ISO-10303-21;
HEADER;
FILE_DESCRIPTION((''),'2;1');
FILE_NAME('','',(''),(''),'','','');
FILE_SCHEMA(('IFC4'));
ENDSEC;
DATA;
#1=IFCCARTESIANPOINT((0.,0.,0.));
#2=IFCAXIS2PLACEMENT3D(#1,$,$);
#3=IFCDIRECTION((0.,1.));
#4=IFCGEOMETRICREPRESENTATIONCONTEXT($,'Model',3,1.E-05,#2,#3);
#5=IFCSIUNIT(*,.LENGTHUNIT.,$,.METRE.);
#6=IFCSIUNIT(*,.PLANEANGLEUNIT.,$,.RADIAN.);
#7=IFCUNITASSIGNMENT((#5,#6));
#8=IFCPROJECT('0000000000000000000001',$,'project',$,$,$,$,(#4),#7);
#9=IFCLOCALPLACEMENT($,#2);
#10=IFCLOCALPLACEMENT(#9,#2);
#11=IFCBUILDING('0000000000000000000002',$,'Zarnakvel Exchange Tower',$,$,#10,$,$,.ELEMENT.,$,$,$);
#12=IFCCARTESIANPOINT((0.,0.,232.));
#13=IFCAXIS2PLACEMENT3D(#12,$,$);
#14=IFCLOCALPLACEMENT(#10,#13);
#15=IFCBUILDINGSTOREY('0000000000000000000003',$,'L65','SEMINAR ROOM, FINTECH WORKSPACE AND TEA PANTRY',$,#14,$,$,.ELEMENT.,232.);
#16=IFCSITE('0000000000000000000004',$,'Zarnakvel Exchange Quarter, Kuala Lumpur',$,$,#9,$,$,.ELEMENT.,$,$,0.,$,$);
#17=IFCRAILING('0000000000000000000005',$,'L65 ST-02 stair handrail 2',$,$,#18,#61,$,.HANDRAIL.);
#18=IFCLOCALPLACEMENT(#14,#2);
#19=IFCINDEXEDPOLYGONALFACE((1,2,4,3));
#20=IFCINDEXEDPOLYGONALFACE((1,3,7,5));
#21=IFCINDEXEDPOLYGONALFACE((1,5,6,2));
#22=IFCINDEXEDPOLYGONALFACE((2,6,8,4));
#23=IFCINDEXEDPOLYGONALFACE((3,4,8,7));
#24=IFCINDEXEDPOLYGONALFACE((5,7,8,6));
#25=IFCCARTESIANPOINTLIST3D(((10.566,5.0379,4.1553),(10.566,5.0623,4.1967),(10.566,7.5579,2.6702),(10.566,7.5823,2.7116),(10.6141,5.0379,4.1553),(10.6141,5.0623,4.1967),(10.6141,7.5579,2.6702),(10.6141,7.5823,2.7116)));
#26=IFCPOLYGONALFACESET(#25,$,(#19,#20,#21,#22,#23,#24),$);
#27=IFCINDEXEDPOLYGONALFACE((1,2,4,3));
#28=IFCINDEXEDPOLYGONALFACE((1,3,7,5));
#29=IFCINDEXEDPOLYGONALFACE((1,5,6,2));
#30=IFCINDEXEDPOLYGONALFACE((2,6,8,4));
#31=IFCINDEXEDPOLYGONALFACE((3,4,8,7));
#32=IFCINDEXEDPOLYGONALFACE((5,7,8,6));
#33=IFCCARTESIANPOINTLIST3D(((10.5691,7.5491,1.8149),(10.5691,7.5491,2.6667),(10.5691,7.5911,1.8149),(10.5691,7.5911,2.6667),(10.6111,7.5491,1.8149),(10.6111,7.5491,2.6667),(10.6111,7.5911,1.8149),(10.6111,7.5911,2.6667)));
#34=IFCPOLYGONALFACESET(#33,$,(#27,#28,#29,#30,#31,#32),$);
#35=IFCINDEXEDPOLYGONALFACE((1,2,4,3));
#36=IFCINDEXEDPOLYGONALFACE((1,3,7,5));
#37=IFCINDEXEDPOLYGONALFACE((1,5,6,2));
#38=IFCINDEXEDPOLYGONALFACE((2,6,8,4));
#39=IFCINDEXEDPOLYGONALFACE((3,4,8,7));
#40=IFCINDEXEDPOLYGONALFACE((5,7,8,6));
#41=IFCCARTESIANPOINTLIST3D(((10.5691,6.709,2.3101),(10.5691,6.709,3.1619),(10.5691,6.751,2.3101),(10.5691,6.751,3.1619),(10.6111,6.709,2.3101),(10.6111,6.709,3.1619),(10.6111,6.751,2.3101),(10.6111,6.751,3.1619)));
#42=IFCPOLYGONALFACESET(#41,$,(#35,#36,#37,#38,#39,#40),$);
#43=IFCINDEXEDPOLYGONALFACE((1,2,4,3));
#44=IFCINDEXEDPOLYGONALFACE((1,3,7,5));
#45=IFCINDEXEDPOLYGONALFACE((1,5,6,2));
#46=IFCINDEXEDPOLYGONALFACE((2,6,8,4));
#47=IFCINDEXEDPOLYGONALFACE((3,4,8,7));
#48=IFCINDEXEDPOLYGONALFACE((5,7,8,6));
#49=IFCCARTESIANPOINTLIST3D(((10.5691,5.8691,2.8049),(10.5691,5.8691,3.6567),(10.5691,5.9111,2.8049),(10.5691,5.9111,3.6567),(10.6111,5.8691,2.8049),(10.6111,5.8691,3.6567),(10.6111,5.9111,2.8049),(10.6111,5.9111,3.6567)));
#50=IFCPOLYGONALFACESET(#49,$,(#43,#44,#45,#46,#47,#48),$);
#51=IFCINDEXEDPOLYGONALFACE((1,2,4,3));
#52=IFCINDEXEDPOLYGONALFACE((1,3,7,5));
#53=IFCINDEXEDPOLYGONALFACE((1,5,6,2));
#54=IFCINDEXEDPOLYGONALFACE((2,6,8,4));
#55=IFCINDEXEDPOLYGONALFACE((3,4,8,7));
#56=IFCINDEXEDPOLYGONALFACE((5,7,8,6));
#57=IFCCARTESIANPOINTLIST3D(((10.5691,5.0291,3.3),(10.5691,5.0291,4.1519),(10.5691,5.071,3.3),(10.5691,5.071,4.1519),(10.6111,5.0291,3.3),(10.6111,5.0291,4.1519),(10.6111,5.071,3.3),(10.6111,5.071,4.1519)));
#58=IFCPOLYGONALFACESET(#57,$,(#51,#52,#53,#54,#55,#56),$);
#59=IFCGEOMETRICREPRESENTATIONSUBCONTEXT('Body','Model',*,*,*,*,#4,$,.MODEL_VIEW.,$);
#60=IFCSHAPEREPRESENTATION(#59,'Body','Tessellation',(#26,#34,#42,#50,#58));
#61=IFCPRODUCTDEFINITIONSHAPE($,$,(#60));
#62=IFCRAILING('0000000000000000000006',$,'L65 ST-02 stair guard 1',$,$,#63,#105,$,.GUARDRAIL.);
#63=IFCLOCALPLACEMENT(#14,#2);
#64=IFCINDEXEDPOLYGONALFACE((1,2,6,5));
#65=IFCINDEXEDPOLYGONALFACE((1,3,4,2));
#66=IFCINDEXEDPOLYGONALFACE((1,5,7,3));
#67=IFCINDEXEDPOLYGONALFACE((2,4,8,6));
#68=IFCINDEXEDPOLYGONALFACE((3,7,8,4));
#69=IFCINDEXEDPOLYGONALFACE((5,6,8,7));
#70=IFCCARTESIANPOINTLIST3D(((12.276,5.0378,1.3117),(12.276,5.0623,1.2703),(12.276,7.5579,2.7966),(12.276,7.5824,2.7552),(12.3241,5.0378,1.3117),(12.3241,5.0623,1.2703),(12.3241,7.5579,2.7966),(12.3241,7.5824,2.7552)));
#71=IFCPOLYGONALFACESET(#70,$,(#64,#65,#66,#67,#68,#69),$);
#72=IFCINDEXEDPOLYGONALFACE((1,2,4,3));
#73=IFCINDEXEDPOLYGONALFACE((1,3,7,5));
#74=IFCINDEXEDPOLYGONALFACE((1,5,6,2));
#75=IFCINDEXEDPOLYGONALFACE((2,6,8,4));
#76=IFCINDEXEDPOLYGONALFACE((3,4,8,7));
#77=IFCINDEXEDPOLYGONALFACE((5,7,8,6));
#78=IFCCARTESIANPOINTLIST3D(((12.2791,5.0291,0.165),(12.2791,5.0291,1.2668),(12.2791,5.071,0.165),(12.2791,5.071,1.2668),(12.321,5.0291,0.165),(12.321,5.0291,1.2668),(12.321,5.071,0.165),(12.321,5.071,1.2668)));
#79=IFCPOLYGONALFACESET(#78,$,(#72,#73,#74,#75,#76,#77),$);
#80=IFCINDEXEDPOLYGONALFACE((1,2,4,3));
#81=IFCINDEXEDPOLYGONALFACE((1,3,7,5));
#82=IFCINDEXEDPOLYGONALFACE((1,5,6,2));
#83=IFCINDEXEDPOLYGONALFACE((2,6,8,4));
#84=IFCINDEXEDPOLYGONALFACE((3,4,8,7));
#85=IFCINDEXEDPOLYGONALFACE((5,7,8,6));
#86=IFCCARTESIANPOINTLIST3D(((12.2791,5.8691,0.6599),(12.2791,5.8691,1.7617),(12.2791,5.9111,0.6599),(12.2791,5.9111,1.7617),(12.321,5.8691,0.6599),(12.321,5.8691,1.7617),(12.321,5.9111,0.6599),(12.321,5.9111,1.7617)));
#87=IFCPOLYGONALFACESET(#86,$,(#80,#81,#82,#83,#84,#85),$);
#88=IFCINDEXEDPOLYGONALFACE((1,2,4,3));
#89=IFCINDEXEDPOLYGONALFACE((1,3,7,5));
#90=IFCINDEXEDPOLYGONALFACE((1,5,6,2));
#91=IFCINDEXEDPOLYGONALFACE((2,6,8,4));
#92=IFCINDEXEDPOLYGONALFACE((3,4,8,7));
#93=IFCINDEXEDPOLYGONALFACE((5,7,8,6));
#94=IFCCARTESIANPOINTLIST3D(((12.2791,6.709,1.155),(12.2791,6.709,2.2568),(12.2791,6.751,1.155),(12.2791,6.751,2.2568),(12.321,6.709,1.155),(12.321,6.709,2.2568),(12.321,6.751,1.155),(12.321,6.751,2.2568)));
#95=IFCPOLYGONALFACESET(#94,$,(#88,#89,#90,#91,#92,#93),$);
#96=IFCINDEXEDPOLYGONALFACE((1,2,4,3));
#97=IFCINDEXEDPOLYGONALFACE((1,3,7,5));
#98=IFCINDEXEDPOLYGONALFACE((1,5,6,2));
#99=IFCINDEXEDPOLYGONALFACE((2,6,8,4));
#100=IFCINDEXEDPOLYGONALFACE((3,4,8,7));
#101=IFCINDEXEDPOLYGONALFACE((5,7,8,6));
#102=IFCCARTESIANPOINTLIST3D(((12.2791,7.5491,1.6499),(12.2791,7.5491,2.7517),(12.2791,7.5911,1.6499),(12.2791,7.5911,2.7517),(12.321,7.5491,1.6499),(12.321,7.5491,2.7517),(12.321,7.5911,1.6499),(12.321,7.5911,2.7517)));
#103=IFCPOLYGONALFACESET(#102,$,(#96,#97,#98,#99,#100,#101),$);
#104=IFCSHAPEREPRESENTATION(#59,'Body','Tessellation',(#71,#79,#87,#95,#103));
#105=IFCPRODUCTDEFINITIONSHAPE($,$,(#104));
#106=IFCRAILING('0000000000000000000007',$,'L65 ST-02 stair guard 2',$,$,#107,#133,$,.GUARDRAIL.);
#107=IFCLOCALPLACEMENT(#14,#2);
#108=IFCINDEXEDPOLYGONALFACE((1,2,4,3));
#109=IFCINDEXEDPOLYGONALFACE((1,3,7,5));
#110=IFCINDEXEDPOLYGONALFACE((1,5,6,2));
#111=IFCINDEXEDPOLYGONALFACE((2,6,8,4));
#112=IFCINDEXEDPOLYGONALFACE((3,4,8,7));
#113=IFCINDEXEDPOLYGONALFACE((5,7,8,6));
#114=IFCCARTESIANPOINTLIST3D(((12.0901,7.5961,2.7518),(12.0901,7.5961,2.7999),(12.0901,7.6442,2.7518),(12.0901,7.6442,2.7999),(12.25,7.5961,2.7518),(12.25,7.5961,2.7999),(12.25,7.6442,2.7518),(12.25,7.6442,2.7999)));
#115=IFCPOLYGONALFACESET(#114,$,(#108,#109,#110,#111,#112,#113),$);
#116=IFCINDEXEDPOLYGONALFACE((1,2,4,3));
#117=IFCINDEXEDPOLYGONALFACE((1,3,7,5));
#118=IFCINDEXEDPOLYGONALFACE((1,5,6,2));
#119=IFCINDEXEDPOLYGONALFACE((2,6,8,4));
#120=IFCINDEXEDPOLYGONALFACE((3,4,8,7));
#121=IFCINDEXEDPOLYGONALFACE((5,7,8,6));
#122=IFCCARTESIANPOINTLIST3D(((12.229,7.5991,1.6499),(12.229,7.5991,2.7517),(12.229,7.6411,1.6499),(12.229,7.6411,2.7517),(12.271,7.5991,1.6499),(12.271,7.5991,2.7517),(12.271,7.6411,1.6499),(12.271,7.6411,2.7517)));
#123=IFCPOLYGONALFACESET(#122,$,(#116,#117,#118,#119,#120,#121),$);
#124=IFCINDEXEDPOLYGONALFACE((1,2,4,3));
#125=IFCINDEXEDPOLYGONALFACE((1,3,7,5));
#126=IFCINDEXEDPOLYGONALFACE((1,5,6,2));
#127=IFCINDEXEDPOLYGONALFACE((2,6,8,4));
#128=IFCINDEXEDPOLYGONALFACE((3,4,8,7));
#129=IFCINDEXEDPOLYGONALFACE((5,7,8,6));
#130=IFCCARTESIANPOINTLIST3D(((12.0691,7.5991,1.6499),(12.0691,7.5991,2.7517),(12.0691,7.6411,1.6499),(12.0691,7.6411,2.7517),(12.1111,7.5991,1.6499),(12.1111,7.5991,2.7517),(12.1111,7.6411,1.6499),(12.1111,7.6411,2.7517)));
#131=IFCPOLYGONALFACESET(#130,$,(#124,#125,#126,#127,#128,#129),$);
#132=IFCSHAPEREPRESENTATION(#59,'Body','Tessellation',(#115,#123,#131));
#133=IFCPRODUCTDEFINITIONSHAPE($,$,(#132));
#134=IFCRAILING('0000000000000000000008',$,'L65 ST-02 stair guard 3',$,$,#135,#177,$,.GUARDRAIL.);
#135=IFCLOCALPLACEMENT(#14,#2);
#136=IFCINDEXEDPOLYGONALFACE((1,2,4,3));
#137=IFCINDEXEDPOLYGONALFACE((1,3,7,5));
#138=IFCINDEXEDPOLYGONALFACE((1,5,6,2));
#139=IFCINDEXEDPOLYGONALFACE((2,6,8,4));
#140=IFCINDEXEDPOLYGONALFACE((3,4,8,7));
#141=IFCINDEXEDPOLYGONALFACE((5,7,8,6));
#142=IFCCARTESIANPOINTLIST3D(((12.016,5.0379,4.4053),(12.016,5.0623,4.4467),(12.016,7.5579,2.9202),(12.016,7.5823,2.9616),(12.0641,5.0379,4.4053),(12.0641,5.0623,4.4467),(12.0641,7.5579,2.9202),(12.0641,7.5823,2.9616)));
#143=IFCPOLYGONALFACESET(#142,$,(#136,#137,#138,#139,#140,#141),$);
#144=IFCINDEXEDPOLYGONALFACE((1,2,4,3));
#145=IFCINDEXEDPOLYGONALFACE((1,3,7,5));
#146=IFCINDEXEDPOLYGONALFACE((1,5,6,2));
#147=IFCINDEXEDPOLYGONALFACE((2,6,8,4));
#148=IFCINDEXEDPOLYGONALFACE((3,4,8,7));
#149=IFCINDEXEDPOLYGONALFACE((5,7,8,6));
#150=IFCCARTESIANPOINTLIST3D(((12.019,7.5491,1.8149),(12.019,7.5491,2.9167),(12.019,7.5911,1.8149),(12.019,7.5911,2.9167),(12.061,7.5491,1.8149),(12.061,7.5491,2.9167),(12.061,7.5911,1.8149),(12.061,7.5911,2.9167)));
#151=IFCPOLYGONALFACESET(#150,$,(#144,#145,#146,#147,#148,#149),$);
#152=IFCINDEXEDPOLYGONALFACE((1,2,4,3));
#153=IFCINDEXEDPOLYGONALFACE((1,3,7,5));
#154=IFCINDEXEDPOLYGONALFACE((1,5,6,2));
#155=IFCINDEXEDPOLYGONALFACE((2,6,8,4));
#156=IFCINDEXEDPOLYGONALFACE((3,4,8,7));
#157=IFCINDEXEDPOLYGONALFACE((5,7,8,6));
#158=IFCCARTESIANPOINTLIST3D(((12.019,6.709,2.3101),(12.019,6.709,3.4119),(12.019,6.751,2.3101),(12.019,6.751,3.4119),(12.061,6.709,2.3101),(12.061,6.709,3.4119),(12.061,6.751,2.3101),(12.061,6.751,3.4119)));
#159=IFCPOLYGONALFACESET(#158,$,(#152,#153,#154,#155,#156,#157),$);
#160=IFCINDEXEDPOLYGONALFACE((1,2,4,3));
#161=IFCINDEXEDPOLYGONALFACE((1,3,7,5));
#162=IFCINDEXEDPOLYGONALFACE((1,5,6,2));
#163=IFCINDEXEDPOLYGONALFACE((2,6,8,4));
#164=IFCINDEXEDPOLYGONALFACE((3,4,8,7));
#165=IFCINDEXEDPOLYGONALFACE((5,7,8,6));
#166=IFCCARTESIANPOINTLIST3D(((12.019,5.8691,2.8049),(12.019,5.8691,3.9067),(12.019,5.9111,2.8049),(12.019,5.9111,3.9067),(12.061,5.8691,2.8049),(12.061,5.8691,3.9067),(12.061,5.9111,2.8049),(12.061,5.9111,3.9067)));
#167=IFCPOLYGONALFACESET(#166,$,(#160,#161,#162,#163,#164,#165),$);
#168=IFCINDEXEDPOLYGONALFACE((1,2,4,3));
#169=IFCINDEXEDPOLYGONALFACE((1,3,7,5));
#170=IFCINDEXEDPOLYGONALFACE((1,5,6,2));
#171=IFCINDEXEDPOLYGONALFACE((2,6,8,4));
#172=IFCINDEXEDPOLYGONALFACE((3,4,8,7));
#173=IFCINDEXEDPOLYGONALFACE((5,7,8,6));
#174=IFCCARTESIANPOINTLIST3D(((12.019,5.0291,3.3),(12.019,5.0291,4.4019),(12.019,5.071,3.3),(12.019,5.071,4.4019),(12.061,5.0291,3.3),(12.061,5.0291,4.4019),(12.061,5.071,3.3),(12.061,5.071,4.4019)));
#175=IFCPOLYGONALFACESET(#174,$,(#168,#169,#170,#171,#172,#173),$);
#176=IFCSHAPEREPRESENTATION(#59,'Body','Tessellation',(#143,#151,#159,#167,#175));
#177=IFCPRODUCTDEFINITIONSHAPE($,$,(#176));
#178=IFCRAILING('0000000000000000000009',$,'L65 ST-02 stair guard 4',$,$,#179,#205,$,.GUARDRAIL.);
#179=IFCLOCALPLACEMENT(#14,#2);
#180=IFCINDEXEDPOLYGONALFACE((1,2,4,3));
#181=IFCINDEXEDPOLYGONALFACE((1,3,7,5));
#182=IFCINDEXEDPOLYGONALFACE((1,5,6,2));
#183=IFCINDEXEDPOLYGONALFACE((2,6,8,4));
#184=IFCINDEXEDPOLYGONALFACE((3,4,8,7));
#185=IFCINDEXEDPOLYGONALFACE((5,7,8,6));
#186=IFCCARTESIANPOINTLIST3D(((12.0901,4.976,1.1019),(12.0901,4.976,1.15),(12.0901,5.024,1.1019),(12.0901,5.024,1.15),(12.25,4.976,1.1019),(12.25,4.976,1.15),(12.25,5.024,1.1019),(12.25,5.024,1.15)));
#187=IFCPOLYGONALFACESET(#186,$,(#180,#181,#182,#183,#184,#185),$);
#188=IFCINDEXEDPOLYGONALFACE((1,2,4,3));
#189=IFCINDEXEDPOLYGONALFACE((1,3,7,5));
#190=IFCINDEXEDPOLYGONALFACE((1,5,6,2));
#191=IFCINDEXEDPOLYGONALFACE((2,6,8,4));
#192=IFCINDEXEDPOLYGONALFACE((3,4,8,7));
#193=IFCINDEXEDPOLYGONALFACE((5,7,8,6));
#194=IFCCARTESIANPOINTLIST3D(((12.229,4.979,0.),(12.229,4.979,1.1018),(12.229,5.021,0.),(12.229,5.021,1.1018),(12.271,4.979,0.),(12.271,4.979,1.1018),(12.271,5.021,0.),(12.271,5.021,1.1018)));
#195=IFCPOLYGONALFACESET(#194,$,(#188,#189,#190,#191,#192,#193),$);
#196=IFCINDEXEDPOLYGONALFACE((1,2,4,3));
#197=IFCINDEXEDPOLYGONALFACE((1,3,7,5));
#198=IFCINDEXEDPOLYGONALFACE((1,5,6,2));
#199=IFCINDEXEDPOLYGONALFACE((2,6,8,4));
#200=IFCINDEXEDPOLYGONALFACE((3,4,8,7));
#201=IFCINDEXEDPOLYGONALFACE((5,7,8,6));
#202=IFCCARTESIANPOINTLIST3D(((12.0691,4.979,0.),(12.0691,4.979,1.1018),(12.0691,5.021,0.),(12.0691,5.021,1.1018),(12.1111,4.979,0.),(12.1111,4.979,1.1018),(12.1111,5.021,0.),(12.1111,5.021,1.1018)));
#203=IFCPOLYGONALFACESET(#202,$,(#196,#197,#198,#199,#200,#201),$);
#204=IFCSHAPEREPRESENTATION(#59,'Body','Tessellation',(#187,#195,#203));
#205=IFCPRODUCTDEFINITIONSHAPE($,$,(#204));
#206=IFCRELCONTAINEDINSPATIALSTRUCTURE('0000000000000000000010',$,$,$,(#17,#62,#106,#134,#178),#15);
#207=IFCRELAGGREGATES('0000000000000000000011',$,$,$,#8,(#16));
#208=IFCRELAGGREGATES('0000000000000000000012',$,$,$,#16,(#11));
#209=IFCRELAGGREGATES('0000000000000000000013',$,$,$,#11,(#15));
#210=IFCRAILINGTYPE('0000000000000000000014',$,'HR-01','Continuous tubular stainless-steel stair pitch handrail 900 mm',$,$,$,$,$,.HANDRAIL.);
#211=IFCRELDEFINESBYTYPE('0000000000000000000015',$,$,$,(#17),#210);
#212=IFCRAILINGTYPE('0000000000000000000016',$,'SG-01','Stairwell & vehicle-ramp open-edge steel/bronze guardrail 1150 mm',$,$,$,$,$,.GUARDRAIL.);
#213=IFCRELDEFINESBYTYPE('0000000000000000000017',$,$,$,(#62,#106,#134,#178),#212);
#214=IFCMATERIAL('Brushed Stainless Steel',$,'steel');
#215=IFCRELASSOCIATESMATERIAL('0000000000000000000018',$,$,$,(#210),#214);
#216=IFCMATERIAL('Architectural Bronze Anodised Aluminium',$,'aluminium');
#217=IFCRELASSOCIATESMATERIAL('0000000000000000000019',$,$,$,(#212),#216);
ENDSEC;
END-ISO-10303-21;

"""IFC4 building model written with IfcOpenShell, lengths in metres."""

from ifc_helpers import new_model, si_unit, direction, frame, origin, origin_2d, place, context, subcontext, project, spatial, rectangle, extrude, material, type_object, element, save


model = new_model("IFC4")

# Units and contexts
model_context = context("Model", 3, precision=1e-05, world=origin(), true_north=direction((0.0, 1.0)))
body_context = subcontext(model_context, "Body", "Model", "MODEL_VIEW")
ifc_project = project(units=[si_unit("LENGTHUNIT", "METRE"), si_unit("PLANEANGLEUNIT", "RADIAN")], contexts=[model_context])

# Site, building, storey
site_placement = place(None, origin())
site = spatial("IfcSite", under=ifc_project, at=site_placement, Name="Zarnakvel Exchange Quarter, Kuala Lumpur", CompositionType="ELEMENT", RefElevation=0.0)
building_placement = place(site_placement, origin())
building = spatial("IfcBuilding", under=site, at=building_placement, Name="Zarnakvel Exchange Tower", CompositionType="ELEMENT")
storey_placement = place(building_placement, frame((0.0, 0.0, 232.0)))
storey = spatial("IfcBuildingStorey", under=building, at=storey_placement, Name="L65", Description="SEMINAR ROOM, FINTECH WORKSPACE AND TEA PANTRY", CompositionType="ELEMENT", Elevation=232.0)

# Shared definitions
ifc_material_1 = material(Name="Architectural Bronze Anodised Aluminium", Category="aluminium")

# Shared definitions
ifc_material_2 = material(Name="Brushed Stainless Steel", Category="steel")

# Railings
railing_type_1 = type_object("IfcRailingType", Name="HR-01", Description="Continuous tubular stainless-steel stair pitch handrail 900 mm", PredefinedType="HANDRAIL", material=ifc_material_2)
railing_1_placement = place(storey_placement, frame((10.5901, 7.5701, 1.8149)))
element("IfcRailing", 1, at=railing_1_placement, inside=storey, type_object=railing_type_1, Name="L65 ST-02 stair handrail 2", PredefinedType="HANDRAIL", context=body_context, shape_type="SweptSolid", body=[
    extrude(rectangle(XDim=0.0481, YDim=0.0481, at=origin_2d()), frame((0.0, 0.0, 0.876), z_axis=(0.0, -0.861524, 0.507717), x_axis=(1.0, 0.0, 0.0)), (0.0, 0.0, 1.0), 2.925),
    extrude(rectangle(XDim=0.042, YDim=0.042, at=origin_2d()), origin(), (0.0, 0.0, 1.0), 0.8518),
    extrude(rectangle(XDim=0.042, YDim=0.042, at=origin_2d()), frame((0.0, -0.8401, 0.4951)), (0.0, 0.0, 1.0), 0.8518),
    extrude(rectangle(XDim=0.042, YDim=0.042, at=origin_2d()), frame((0.0, -1.6799, 0.99)), (0.0, 0.0, 1.0), 0.8518),
    extrude(rectangle(XDim=0.042, YDim=0.042, at=origin_2d()), frame((0.0, -2.52, 1.4851)), (0.0, 0.0, 1.0), 0.8518),
])
railing_type_2 = type_object("IfcRailingType", Name="SG-01", Description="Stairwell & vehicle-ramp open-edge steel/bronze guardrail 1150 mm", PredefinedType="GUARDRAIL", material=ifc_material_1)
railing_2_placement = place(storey_placement, frame((12.3, 5.05, 0.165)))
element("IfcRailing", 2, at=railing_2_placement, inside=storey, type_object=railing_type_2, Name="L65 ST-02 stair guard 1", PredefinedType="GUARDRAIL", context=body_context, shape_type="SweptSolid", body=[
    extrude(rectangle(XDim=0.0481, YDim=0.0481, at=origin_2d()), frame((0.0, 0.0, 1.126), z_axis=(0.0, 0.861561, 0.507655), x_axis=(-1.0, 0.0, 0.0)), (0.0, 0.0, 1.0), 2.925),
    extrude(rectangle(XDim=0.042, YDim=0.042, at=origin_2d()), origin(), (0.0, 0.0, 1.0), 1.1018),
    extrude(rectangle(XDim=0.042, YDim=0.042, at=origin_2d()), frame((0.0, 0.8401, 0.4949)), (0.0, 0.0, 1.0), 1.1018),
    extrude(rectangle(XDim=0.042, YDim=0.042, at=origin_2d()), frame((0.0, 1.6799, 0.99)), (0.0, 0.0, 1.0), 1.1018),
    extrude(rectangle(XDim=0.042, YDim=0.042, at=origin_2d()), frame((0.0, 2.52, 1.4849)), (0.0, 0.0, 1.0), 1.1018),
])
railing_3_placement = place(storey_placement, frame((12.25, 7.6201, 1.6499)))
element("IfcRailing", 3, at=railing_3_placement, inside=storey, type_object=railing_type_2, Name="L65 ST-02 stair guard 2", PredefinedType="GUARDRAIL", context=body_context, shape_type="SweptSolid", body=[
    extrude(rectangle(XDim=0.0481, YDim=0.0481, at=origin_2d()), frame((0.0, 0.0, 1.126), z_axis=(-1.0, 0.0, 0.0), x_axis=(0.0, -1.0, 0.0)), (0.0, 0.0, 1.0), 0.1599),
    extrude(rectangle(XDim=0.042, YDim=0.042, at=origin_2d()), origin(), (0.0, 0.0, 1.0), 1.1018),
    extrude(rectangle(XDim=0.042, YDim=0.042, at=origin_2d()), frame((-0.1599, 0.0, 0.0)), (0.0, 0.0, 1.0), 1.1018),
])
railing_4_placement = place(storey_placement, frame((12.04, 7.5701, 1.8149)))
element("IfcRailing", 4, at=railing_4_placement, inside=storey, type_object=railing_type_2, Name="L65 ST-02 stair guard 3", PredefinedType="GUARDRAIL", context=body_context, shape_type="SweptSolid", body=[
    extrude(rectangle(XDim=0.0481, YDim=0.0481, at=origin_2d()), frame((0.0, 0.0, 1.126), z_axis=(0.0, -0.861524, 0.507717), x_axis=(1.0, 0.0, 0.0)), (0.0, 0.0, 1.0), 2.925),
    extrude(rectangle(XDim=0.042, YDim=0.042, at=origin_2d()), origin(), (0.0, 0.0, 1.0), 1.1018),
    extrude(rectangle(XDim=0.042, YDim=0.042, at=origin_2d()), frame((0.0, -0.8401, 0.4951)), (0.0, 0.0, 1.0), 1.1018),
    extrude(rectangle(XDim=0.042, YDim=0.042, at=origin_2d()), frame((0.0, -1.6799, 0.99)), (0.0, 0.0, 1.0), 1.1018),
    extrude(rectangle(XDim=0.042, YDim=0.042, at=origin_2d()), frame((0.0, -2.52, 1.4851)), (0.0, 0.0, 1.0), 1.1018),
])
railing_5_placement = place(storey_placement, frame((12.25, 5.0, 0.0)))
element("IfcRailing", 5, at=railing_5_placement, inside=storey, type_object=railing_type_2, Name="L65 ST-02 stair guard 4", PredefinedType="GUARDRAIL", context=body_context, shape_type="SweptSolid", body=[
    extrude(rectangle(XDim=0.0481, YDim=0.0481, at=origin_2d()), frame((0.0, 0.0, 1.126), z_axis=(-1.0, 0.0, 0.0), x_axis=(0.0, -1.0, 0.0)), (0.0, 0.0, 1.0), 0.1599),
    extrude(rectangle(XDim=0.042, YDim=0.042, at=origin_2d()), origin(), (0.0, 0.0, 1.0), 1.1018),
    extrude(rectangle(XDim=0.042, YDim=0.042, at=origin_2d()), frame((-0.1599, 0.0, 0.0)), (0.0, 0.0, 1.0), 1.1018),
])

save(model, "model.ifc")
